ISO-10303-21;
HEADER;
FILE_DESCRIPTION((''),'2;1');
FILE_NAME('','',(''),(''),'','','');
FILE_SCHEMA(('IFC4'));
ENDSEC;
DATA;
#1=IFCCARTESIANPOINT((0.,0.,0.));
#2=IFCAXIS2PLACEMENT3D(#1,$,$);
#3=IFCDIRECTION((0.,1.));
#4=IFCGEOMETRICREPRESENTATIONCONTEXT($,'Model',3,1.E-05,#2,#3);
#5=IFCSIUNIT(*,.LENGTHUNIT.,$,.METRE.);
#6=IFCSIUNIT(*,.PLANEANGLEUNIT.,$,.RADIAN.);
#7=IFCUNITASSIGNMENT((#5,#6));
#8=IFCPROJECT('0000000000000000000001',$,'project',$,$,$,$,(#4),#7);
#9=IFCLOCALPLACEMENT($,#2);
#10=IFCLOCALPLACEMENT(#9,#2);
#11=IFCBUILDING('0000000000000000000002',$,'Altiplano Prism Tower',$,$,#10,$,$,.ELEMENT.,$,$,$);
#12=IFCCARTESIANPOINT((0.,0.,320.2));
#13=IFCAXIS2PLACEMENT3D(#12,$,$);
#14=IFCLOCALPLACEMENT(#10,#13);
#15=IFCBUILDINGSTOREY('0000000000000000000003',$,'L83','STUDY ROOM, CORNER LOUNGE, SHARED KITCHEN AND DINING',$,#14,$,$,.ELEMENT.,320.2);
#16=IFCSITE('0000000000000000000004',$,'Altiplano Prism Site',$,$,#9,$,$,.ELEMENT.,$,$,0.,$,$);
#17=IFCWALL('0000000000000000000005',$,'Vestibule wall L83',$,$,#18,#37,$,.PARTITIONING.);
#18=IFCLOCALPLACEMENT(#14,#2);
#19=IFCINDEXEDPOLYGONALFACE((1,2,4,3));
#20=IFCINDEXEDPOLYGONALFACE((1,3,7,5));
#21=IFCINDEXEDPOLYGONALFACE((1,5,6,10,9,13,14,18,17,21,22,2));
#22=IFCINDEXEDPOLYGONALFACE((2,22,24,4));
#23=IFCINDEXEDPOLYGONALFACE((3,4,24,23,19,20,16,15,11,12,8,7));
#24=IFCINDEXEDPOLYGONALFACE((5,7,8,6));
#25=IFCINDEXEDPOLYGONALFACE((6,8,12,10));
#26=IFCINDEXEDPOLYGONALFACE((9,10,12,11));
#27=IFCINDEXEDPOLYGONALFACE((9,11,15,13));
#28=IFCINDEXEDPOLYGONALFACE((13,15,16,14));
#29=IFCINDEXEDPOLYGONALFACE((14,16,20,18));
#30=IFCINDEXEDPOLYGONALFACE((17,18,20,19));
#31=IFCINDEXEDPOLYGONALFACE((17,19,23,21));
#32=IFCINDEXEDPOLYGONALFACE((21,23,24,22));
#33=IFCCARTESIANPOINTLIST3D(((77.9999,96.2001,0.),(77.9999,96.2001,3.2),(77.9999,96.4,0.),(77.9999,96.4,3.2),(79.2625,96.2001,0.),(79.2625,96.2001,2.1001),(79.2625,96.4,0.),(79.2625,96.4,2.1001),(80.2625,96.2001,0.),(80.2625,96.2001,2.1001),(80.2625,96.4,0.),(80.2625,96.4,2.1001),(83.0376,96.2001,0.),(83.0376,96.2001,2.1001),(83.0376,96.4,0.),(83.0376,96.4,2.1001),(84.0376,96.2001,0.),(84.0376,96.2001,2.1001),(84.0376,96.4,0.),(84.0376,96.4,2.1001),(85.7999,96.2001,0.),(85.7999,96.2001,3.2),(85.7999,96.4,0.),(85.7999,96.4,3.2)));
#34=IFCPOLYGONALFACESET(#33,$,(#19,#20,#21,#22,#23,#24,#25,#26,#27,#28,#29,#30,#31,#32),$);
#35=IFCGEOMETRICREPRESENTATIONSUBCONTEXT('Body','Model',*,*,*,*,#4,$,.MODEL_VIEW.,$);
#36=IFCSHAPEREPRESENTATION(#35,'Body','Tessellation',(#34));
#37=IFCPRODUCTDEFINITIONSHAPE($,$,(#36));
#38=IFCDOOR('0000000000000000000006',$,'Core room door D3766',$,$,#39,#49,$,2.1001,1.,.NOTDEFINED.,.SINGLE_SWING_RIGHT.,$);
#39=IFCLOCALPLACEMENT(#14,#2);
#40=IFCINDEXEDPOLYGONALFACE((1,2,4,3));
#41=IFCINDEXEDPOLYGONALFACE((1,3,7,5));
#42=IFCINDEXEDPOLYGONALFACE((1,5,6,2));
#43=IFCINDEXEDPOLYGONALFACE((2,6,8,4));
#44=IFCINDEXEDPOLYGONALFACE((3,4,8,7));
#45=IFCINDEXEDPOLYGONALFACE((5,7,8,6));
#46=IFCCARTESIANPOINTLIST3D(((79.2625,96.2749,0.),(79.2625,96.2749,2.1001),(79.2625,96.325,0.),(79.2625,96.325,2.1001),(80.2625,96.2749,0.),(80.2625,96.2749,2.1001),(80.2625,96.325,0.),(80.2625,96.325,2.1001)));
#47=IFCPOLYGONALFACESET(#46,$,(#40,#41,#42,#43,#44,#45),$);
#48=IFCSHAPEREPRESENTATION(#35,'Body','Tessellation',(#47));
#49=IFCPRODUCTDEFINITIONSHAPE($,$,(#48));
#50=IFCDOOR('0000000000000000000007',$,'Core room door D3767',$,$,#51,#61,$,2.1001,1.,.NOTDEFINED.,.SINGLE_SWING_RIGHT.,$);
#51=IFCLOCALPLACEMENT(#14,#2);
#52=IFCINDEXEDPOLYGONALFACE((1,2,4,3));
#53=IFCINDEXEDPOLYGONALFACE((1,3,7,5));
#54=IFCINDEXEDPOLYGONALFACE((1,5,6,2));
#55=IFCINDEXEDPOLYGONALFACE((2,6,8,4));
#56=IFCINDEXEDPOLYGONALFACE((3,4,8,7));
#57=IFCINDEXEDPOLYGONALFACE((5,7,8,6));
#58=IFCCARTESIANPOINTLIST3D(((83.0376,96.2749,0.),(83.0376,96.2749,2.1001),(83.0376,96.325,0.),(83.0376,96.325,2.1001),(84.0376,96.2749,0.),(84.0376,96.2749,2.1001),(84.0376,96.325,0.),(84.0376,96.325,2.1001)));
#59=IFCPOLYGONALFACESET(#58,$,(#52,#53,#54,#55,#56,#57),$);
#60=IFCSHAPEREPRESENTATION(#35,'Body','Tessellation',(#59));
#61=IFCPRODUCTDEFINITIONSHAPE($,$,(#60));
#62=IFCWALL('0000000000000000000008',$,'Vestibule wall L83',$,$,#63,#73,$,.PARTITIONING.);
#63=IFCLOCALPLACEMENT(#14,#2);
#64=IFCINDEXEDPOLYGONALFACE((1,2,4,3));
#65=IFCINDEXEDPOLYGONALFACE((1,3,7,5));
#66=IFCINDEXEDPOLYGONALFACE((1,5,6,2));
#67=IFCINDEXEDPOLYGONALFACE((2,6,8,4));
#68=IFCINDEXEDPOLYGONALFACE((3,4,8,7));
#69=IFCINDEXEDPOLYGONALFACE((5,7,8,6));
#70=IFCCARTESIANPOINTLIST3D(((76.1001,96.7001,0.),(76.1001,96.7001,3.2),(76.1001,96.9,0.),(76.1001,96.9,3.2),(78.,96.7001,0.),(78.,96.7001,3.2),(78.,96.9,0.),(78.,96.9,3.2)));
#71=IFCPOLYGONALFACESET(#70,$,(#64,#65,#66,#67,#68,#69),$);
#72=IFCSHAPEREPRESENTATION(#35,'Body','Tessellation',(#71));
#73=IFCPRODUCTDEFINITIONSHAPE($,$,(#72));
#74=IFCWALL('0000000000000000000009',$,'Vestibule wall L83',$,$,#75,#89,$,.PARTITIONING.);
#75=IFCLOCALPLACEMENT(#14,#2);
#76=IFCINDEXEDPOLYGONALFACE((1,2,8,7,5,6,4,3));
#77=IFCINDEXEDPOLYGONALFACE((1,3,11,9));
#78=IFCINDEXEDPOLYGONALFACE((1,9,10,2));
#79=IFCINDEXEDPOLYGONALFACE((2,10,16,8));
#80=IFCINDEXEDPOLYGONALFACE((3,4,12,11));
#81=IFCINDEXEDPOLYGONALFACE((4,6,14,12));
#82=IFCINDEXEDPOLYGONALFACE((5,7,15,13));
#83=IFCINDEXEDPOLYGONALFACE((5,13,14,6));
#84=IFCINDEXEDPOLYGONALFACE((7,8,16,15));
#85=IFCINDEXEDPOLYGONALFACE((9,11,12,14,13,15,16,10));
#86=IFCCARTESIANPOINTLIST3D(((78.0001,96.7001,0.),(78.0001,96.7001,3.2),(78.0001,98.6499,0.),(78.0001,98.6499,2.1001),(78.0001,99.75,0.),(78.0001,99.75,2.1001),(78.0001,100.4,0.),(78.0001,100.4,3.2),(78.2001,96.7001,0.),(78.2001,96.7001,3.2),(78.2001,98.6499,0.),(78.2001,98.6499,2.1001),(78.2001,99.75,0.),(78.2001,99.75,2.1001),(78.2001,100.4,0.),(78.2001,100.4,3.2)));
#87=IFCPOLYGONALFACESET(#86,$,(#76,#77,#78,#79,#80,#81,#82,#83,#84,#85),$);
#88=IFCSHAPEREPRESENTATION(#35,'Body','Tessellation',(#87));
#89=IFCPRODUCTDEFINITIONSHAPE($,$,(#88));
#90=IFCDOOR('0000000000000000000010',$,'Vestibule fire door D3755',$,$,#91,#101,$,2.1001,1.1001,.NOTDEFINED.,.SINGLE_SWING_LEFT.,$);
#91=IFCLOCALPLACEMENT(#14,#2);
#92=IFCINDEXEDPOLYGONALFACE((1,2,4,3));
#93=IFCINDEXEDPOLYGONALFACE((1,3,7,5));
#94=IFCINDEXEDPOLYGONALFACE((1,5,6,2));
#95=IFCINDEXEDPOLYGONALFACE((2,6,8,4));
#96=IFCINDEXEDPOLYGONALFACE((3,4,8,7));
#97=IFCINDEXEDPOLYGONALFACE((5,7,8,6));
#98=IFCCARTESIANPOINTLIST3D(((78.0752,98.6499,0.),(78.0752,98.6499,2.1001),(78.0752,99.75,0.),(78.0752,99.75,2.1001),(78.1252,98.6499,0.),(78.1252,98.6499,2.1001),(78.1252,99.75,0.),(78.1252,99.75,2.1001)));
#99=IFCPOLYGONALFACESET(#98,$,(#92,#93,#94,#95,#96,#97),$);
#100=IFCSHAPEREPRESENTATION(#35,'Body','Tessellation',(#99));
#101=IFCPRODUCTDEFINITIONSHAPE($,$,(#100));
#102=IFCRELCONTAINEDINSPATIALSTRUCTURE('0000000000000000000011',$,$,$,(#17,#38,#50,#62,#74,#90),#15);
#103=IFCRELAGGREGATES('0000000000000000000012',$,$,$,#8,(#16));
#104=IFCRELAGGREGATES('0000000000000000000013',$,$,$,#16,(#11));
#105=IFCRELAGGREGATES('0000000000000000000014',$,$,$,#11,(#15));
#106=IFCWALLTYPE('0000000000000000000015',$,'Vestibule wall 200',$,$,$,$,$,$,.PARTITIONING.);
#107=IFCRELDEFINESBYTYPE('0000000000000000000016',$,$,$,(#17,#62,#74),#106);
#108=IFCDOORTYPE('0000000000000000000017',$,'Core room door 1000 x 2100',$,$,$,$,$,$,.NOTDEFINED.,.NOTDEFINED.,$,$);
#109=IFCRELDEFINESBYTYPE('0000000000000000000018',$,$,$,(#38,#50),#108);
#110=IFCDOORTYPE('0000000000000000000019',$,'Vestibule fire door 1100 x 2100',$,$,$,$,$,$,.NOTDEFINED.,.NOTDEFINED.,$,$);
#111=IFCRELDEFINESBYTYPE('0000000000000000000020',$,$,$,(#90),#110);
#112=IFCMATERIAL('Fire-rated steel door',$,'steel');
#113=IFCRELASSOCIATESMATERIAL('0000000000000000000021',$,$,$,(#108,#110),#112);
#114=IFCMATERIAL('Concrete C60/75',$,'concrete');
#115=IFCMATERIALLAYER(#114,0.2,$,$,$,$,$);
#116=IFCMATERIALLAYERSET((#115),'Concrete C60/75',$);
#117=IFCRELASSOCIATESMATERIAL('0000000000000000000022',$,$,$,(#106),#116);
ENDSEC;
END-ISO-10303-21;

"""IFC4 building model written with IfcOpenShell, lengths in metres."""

from ifc_helpers import new_model, si_unit, direction, frame, frame_2d, origin, place, context, subcontext, project, spatial, rectangle, extrude, material, layer, layer_set, type_object, element, fill, save


model = new_model("IFC4")

# Units and contexts
model_context = context("Model", 3, precision=1e-05, world=origin(), true_north=direction((0.0, 1.0)))
body_context = subcontext(model_context, "Body", "Model", "MODEL_VIEW")
ifc_project = project(units=[si_unit("LENGTHUNIT", "METRE"), si_unit("PLANEANGLEUNIT", "RADIAN")], contexts=[model_context])

# Site, building, storey
site_placement = place(None, origin())
site = spatial("IfcSite", under=ifc_project, at=site_placement, Name="Altiplano Prism Site", CompositionType="ELEMENT", RefElevation=0.0)
building_placement = place(site_placement, origin())
building = spatial("IfcBuilding", under=site, at=building_placement, Name="Altiplano Prism Tower", CompositionType="ELEMENT")
storey_placement = place(building_placement, frame((0.0, 0.0, 320.2)))
storey = spatial("IfcBuildingStorey", under=building, at=storey_placement, Name="L83", Description="STUDY ROOM, CORNER LOUNGE, SHARED KITCHEN AND DINING", CompositionType="ELEMENT", Elevation=320.2)

# Shared definitions
ifc_material_1 = material(Name="Concrete C60/75", Category="concrete")

# Shared definitions
ifc_material_2 = material(Name="Fire-rated steel door", Category="steel")
door_type_1 = type_object("IfcDoorType", Name="Core room door 1000 x 2100", OperationType="NOTDEFINED", PredefinedType="NOTDEFINED", material=ifc_material_2)

# Shared definitions
ifc_layer_1 = layer(ifc_material_1, 0.2)
ifc_layer_set_1 = layer_set([ifc_layer_1], Name="Concrete C60/75")
wall_type_1 = type_object("IfcWallType", Name="Vestibule wall 200", PredefinedType="PARTITIONING", material=ifc_layer_set_1)

# Wall, openings, doors
wall_1_placement = place(storey_placement, frame((78.0, 96.3, 0.0), z_axis=(0.0, 0.0, 1.0), x_axis=(1.0, 0.0, 0.0)))
wall_1 = element("IfcWall", 1, at=wall_1_placement, inside=storey, type_object=wall_type_1, Name="Vestibule wall L83", PredefinedType="PARTITIONING", context=body_context, shape_type="SweptSolid", body=[
    extrude(rectangle(XDim=7.8, YDim=0.2, at=frame_2d((3.8999, 0.0))), origin(), (0.0, 0.0, 1.0), 3.2),
])
opening_1_placement = place(wall_1_placement, frame((1.2625, 0.0, 0.0)))
opening_1 = element("IfcOpeningElement", 2, at=opening_1_placement, cuts=wall_1, PredefinedType="OPENING", context=body_context, shape_type="SweptSolid", body=[
    extrude(rectangle(XDim=1.0, YDim=2.1001, at=frame_2d((0.5, 1.05))), frame((0.0, 0.1104, 0.0), z_axis=(0.0, -1.0, 0.0), x_axis=(1.0, 0.0, 0.0)), (0.0, 0.0, 1.0), 0.2209),
])
opening_2_placement = place(wall_1_placement, frame((5.0376, 0.0, 0.0)))
opening_2 = element("IfcOpeningElement", 3, at=opening_2_placement, cuts=wall_1, PredefinedType="OPENING", context=body_context, shape_type="SweptSolid", body=[
    extrude(rectangle(XDim=1.0, YDim=2.1001, at=frame_2d((0.5, 1.05))), frame((0.0, 0.1104, 0.0), z_axis=(0.0, -1.0, 0.0), x_axis=(1.0, 0.0, 0.0)), (0.0, 0.0, 1.0), 0.2209),
])
door_1_placement = place(opening_1_placement, origin())
door_1 = element("IfcDoor", 4, at=door_1_placement, inside=storey, type_object=door_type_1, Name="Core room door D3766", OperationType="SINGLE_SWING_RIGHT", OverallHeight=2.1001, OverallWidth=1.0, PredefinedType="NOTDEFINED", context=body_context, shape_type="SweptSolid", body=[
    extrude(rectangle(XDim=1.0, YDim=2.1001, at=frame_2d((0.5, 1.05))), frame((0.0, 0.0249, 0.0), z_axis=(0.0, -1.0, 0.0), x_axis=(1.0, 0.0, 0.0)), (0.0, 0.0, 1.0), 0.05),
])
fill(opening_1, door_1)
door_2_placement = place(opening_2_placement, origin())
door_2 = element("IfcDoor", 5, at=door_2_placement, inside=storey, type_object=door_type_1, Name="Core room door D3767", OperationType="SINGLE_SWING_RIGHT", OverallHeight=2.1001, OverallWidth=1.0, PredefinedType="NOTDEFINED", context=body_context, shape_type="SweptSolid", body=[
    extrude(rectangle(XDim=1.0, YDim=2.1001, at=frame_2d((0.5, 1.05))), frame((0.0, 0.0249, 0.0), z_axis=(0.0, -1.0, 0.0), x_axis=(1.0, 0.0, 0.0)), (0.0, 0.0, 1.0), 0.05),
])
fill(opening_2, door_2)

# Wall
wall_2_placement = place(storey_placement, frame((76.1001, 96.8, 0.0), z_axis=(0.0, 0.0, 1.0), x_axis=(1.0, 0.0, 0.0)))
element("IfcWall", 6, at=wall_2_placement, inside=storey, type_object=wall_type_1, Name="Vestibule wall L83", PredefinedType="PARTITIONING", context=body_context, shape_type="SweptSolid", body=[
    extrude(rectangle(XDim=1.8999, YDim=0.2, at=frame_2d((0.95, 0.0))), origin(), (0.0, 0.0, 1.0), 3.2),
])

# Wall, opening, door
wall_3_placement = place(storey_placement, frame((78.1001, 96.7, 0.0), z_axis=(0.0, 0.0, 1.0), x_axis=(0.0, 1.0, 0.0)))
wall_3 = element("IfcWall", 7, at=wall_3_placement, inside=storey, type_object=wall_type_1, Name="Vestibule wall L83", PredefinedType="PARTITIONING", context=body_context, shape_type="SweptSolid", body=[
    extrude(rectangle(XDim=3.7, YDim=0.2, at=frame_2d((1.8501, 0.0))), origin(), (0.0, 0.0, 1.0), 3.2),
])
opening_3_placement = place(wall_3_placement, frame((1.95, 0.0, 0.0)))
opening_3 = element("IfcOpeningElement", 8, at=opening_3_placement, cuts=wall_3, PredefinedType="OPENING", context=body_context, shape_type="SweptSolid", body=[
    extrude(rectangle(XDim=1.1001, YDim=2.1001, at=frame_2d((0.55, 1.05))), frame((0.0, 0.1104, 0.0), z_axis=(0.0, -1.0, 0.0), x_axis=(1.0, 0.0, 0.0)), (0.0, 0.0, 1.0), 0.2209),
])
door_type_2 = type_object("IfcDoorType", Name="Vestibule fire door 1100 x 2100", OperationType="NOTDEFINED", PredefinedType="NOTDEFINED", material=ifc_material_2)
door_3_placement = place(opening_3_placement, origin())
door_3 = element("IfcDoor", 9, at=door_3_placement, inside=storey, type_object=door_type_2, Name="Vestibule fire door D3755", OperationType="SINGLE_SWING_LEFT", OverallHeight=2.1001, OverallWidth=1.1001, PredefinedType="NOTDEFINED", context=body_context, shape_type="SweptSolid", body=[
    extrude(rectangle(XDim=1.1001, YDim=2.1001, at=frame_2d((0.55, 1.05))), frame((0.0, 0.0249, 0.0), z_axis=(0.0, -1.0, 0.0), x_axis=(1.0, 0.0, 0.0)), (0.0, 0.0, 1.0), 0.05),
])
fill(opening_3, door_3)

save(model, "model.ifc")
